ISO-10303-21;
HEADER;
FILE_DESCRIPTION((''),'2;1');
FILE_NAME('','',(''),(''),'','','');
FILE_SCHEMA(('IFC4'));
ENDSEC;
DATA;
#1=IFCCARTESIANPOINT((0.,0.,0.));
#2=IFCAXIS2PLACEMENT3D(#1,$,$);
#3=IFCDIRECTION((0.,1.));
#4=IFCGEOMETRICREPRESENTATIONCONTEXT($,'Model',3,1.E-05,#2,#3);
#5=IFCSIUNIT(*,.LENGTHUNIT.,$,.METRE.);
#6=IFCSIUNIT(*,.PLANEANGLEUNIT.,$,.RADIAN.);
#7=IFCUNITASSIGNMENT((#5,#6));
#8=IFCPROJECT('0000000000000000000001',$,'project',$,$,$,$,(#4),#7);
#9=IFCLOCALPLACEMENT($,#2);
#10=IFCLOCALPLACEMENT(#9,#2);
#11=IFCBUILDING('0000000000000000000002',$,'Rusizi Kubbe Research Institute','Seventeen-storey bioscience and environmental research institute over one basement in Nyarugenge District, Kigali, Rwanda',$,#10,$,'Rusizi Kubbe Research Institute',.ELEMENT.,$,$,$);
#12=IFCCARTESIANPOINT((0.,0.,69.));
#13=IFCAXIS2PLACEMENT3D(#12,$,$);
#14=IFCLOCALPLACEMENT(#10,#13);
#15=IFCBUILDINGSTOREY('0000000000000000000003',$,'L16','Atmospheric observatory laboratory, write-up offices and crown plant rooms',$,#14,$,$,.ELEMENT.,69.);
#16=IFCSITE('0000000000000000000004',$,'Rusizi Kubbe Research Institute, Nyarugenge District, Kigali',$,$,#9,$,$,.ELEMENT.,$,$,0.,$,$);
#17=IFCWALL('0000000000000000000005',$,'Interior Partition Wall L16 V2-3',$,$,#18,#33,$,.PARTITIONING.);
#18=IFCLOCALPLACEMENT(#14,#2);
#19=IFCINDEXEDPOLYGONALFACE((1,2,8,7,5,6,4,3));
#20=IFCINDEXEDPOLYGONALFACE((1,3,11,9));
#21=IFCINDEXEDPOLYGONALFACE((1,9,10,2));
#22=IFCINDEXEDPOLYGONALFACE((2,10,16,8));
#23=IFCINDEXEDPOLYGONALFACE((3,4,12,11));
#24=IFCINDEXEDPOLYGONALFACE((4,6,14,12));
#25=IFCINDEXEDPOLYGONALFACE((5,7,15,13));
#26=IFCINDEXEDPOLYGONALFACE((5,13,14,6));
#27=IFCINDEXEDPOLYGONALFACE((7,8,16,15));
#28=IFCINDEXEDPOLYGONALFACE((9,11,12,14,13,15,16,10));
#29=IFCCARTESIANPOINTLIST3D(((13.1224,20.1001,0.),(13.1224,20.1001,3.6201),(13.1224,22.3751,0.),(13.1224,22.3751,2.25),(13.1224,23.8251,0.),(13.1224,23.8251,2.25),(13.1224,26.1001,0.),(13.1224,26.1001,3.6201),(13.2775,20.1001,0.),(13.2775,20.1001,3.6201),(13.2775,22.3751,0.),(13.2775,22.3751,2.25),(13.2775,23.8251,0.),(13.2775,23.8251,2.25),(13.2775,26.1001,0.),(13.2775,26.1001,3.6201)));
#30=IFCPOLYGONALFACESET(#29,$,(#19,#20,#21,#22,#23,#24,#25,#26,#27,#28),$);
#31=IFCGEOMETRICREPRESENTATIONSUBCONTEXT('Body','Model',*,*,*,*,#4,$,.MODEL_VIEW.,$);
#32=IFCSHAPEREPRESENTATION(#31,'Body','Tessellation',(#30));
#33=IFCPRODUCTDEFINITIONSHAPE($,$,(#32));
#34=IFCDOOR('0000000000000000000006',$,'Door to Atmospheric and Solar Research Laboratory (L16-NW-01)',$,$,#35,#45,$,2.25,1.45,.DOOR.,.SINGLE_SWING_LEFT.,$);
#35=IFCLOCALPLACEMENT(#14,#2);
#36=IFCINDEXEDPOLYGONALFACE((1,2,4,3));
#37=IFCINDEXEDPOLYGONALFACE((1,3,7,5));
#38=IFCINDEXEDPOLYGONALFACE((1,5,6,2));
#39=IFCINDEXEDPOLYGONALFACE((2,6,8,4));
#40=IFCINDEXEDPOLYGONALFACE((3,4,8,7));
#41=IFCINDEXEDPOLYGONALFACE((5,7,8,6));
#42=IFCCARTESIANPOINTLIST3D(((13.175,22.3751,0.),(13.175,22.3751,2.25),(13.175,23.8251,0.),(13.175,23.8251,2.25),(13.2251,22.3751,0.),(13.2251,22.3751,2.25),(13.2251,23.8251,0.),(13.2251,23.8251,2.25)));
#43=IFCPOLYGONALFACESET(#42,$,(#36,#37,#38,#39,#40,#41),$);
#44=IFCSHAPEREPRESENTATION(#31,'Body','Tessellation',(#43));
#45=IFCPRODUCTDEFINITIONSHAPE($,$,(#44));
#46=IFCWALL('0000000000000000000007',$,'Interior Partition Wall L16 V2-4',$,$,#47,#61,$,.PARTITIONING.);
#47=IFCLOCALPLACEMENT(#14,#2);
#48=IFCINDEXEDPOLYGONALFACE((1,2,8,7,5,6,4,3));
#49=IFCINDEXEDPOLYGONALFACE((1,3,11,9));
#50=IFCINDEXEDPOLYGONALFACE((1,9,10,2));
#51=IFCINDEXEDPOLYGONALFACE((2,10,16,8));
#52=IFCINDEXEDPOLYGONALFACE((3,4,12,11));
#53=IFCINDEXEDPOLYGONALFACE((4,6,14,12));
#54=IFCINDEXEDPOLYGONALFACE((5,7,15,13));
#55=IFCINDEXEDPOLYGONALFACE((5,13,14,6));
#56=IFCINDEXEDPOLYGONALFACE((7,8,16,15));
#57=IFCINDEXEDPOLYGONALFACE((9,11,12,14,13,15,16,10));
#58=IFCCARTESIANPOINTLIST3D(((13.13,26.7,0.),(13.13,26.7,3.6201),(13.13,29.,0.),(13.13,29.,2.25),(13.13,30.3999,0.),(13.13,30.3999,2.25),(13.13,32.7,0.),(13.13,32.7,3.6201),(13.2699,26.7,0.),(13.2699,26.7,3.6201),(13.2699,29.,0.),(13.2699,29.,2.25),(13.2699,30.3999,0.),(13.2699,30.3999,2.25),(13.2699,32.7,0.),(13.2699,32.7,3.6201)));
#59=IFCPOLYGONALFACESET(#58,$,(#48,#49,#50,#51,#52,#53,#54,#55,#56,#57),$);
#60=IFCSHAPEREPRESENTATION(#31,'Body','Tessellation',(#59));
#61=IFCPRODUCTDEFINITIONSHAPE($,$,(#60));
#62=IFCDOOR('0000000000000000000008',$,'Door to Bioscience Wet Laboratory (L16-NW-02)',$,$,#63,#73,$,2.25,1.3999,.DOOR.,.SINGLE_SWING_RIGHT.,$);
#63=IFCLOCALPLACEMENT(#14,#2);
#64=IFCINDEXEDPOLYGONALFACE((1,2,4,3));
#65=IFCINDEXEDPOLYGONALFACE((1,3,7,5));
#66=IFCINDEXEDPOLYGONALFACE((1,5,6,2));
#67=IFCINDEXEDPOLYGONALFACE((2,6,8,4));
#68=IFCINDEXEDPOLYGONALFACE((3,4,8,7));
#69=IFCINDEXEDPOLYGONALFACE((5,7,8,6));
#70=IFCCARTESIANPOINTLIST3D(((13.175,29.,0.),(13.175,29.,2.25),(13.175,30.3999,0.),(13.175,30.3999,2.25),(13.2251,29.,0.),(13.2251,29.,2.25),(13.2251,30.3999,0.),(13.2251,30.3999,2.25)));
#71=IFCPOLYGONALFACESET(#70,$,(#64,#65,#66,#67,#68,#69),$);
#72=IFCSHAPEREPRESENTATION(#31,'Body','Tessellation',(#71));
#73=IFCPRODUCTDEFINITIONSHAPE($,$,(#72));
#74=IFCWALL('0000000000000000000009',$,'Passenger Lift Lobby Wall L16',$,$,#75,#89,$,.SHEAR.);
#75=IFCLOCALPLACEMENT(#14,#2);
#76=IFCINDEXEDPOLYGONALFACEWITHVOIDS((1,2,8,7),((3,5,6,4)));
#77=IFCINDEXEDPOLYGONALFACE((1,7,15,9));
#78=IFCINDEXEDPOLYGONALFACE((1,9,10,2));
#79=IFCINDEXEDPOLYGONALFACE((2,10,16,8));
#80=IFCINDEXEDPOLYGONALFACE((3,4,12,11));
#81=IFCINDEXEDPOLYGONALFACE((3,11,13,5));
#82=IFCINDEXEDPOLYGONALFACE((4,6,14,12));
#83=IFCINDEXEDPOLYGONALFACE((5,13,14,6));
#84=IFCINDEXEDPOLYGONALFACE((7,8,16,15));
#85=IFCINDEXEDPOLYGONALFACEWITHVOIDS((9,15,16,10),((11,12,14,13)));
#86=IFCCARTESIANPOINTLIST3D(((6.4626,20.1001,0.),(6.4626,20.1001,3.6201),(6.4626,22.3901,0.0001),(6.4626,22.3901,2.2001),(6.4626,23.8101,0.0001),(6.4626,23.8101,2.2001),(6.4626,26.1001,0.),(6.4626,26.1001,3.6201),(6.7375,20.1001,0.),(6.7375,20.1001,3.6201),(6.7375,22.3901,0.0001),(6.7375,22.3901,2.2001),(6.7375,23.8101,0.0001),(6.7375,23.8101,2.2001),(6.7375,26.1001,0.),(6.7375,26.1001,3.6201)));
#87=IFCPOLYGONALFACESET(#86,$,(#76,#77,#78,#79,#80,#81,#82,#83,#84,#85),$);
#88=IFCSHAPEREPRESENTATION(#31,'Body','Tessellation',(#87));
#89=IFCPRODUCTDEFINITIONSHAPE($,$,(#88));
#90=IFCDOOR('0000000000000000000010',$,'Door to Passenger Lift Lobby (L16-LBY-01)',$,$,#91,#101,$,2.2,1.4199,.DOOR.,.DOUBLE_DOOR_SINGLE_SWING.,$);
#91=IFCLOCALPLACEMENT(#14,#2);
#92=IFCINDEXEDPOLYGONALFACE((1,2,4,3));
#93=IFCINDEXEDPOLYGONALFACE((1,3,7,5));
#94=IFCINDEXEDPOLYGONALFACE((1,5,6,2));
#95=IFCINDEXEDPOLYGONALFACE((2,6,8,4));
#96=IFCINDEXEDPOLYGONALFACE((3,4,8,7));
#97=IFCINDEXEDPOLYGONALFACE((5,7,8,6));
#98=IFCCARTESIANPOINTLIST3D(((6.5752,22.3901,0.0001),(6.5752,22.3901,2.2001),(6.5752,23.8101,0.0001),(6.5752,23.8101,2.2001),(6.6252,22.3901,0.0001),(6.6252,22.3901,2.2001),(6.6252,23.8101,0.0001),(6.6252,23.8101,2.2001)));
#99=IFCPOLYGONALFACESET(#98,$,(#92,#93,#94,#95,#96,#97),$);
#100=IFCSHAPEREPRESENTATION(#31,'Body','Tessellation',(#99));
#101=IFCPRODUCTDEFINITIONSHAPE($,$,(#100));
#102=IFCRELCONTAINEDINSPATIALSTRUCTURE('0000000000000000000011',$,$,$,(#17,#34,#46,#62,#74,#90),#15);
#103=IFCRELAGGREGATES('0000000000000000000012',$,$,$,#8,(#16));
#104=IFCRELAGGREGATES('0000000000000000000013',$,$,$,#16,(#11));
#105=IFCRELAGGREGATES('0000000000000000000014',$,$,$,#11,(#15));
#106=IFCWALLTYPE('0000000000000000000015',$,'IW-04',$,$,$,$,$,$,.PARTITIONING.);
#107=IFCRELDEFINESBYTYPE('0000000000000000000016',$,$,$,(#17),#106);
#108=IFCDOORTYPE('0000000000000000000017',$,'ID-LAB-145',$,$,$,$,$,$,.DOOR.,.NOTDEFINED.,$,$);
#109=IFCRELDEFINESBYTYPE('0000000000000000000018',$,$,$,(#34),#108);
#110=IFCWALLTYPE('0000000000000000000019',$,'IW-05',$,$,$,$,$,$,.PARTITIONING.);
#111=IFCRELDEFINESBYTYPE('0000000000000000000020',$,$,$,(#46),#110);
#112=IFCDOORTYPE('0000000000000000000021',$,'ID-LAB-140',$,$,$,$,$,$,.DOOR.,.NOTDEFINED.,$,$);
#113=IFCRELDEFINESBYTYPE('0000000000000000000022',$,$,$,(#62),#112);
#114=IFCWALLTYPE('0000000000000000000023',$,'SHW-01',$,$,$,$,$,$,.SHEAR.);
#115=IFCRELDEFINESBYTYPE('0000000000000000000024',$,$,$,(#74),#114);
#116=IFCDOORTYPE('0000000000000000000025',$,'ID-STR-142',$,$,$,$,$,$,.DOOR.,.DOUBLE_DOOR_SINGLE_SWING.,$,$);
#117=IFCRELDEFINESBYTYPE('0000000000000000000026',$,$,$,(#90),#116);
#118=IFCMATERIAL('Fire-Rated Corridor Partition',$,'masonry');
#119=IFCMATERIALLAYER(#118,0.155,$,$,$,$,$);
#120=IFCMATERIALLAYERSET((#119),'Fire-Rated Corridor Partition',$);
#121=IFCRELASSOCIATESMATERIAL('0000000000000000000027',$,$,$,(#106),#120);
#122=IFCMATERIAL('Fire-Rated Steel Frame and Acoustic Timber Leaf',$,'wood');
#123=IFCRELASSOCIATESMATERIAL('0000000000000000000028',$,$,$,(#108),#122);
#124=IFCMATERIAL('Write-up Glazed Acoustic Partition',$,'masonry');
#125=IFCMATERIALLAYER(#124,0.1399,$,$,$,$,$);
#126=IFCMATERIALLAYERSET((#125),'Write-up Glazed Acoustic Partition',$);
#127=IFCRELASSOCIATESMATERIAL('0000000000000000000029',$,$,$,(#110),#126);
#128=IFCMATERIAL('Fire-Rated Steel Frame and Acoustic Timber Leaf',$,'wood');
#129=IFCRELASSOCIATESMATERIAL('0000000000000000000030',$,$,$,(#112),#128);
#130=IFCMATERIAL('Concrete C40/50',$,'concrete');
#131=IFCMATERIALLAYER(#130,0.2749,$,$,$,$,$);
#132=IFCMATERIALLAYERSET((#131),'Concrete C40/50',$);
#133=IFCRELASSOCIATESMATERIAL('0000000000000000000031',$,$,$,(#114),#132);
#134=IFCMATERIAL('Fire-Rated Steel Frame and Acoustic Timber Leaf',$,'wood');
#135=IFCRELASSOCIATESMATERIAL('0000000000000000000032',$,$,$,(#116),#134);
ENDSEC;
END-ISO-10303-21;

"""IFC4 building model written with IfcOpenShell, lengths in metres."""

from ifc_helpers import new_model, si_unit, direction, frame, frame_2d, origin, place, context, subcontext, project, spatial, rectangle, extrude, material, layer, layer_set, type_object, element, fill, save


model = new_model("IFC4")

# Units and contexts
model_context = context("Model", 3, precision=1e-05, world=origin(), true_north=direction((0.0, 1.0)))
body_context = subcontext(model_context, "Body", "Model", "MODEL_VIEW")
ifc_project = project(units=[si_unit("LENGTHUNIT", "METRE"), si_unit("PLANEANGLEUNIT", "RADIAN")], contexts=[model_context])

# Site, building, storey
site_placement = place(None, origin())
site = spatial("IfcSite", under=ifc_project, at=site_placement, Name="Rusizi Kubbe Research Institute, Nyarugenge District, Kigali", CompositionType="ELEMENT", RefElevation=0.0)
building_placement = place(site_placement, origin())
building = spatial("IfcBuilding", under=site, at=building_placement, Name="Rusizi Kubbe Research Institute", Description="Seventeen-storey bioscience and environmental research institute over one basement in Nyarugenge District, Kigali, Rwanda", LongName="Rusizi Kubbe Research Institute", CompositionType="ELEMENT")
storey_placement = place(building_placement, frame((0.0, 0.0, 69.0)))
storey = spatial("IfcBuildingStorey", under=building, at=storey_placement, Name="L16", Description="Atmospheric observatory laboratory, write-up offices and crown plant rooms", CompositionType="ELEMENT", Elevation=69.0)

# Walls, openings, doors
ifc_material_1 = material(Name="Fire-Rated Corridor Partition", Category="masonry")
ifc_layer_1 = layer(ifc_material_1, 0.155)
ifc_layer_set_1 = layer_set([ifc_layer_1], Name="Fire-Rated Corridor Partition")
wall_type_1 = type_object("IfcWallType", Name="IW-04", PredefinedType="PARTITIONING", material=ifc_layer_set_1)
wall_1_placement = place(storey_placement, frame((13.2, 20.1001, 0.0), z_axis=(0.0, 0.0, 1.0), x_axis=(0.0, 1.0, 0.0)))
wall_1 = element("IfcWall", 1, at=wall_1_placement, inside=storey, type_object=wall_type_1, Name="Interior Partition Wall L16 V2-3", PredefinedType="PARTITIONING", context=body_context, shape_type="SweptSolid", body=[
    extrude(rectangle(XDim=6.0, YDim=0.155, at=frame_2d((3.0, 0.0))), origin(), (0.0, 0.0, 1.0), 3.6201),
])
opening_1_placement = place(wall_1_placement, frame((2.2749, 0.0, 0.0)))
opening_1 = element("IfcOpeningElement", 2, at=opening_1_placement, cuts=wall_1, PredefinedType="OPENING", context=body_context, shape_type="SweptSolid", body=[
    extrude(rectangle(XDim=1.45, YDim=2.25, at=frame_2d((0.7251, 1.125))), frame((0.0, 0.0874, 0.0), z_axis=(0.0, -1.0, 0.0), x_axis=(1.0, 0.0, 0.0)), (0.0, 0.0, 1.0), 0.175),
])
ifc_material_2 = material(Name="Fire-Rated Steel Frame and Acoustic Timber Leaf", Category="wood")
door_type_1 = type_object("IfcDoorType", Name="ID-LAB-145", OperationType="NOTDEFINED", PredefinedType="DOOR", material=ifc_material_2)
door_1_placement = place(opening_1_placement, origin())
door_1 = element("IfcDoor", 3, at=door_1_placement, inside=storey, type_object=door_type_1, Name="Door to Atmospheric and Solar Research Laboratory (L16-NW-01)", OperationType="SINGLE_SWING_LEFT", OverallHeight=2.25, OverallWidth=1.45, PredefinedType="DOOR", context=body_context, shape_type="SweptSolid", body=[
    extrude(rectangle(XDim=1.45, YDim=2.25, at=frame_2d((0.7251, 1.125))), frame((0.0, 0.0249, 0.0), z_axis=(0.0, -1.0, 0.0), x_axis=(1.0, 0.0, 0.0)), (0.0, 0.0, 1.0), 0.05),
])
fill(opening_1, door_1)
ifc_material_3 = material(Name="Write-up Glazed Acoustic Partition", Category="masonry")
ifc_layer_2 = layer(ifc_material_3, 0.1399)
ifc_layer_set_2 = layer_set([ifc_layer_2], Name="Write-up Glazed Acoustic Partition")
wall_type_2 = type_object("IfcWallType", Name="IW-05", PredefinedType="PARTITIONING", material=ifc_layer_set_2)
wall_2_placement = place(storey_placement, frame((13.2, 26.7, 0.0), z_axis=(0.0, 0.0, 1.0), x_axis=(0.0, 1.0, 0.0)))
wall_2 = element("IfcWall", 4, at=wall_2_placement, inside=storey, type_object=wall_type_2, Name="Interior Partition Wall L16 V2-4", PredefinedType="PARTITIONING", context=body_context, shape_type="SweptSolid", body=[
    extrude(rectangle(XDim=6.0, YDim=0.1399, at=frame_2d((3.0, 0.0))), origin(), (0.0, 0.0, 1.0), 3.6201),
])
opening_2_placement = place(wall_2_placement, frame((2.3, 0.0, 0.0)))
opening_2 = element("IfcOpeningElement", 5, at=opening_2_placement, cuts=wall_2, PredefinedType="OPENING", context=body_context, shape_type="SweptSolid", body=[
    extrude(rectangle(XDim=1.3999, YDim=2.25, at=frame_2d((0.7, 1.125))), frame((0.0, 0.0798, 0.0), z_axis=(0.0, -1.0, 0.0), x_axis=(1.0, 0.0, 0.0)), (0.0, 0.0, 1.0), 0.1599),
])
ifc_material_4 = material(Name="Fire-Rated Steel Frame and Acoustic Timber Leaf", Category="wood")
door_type_2 = type_object("IfcDoorType", Name="ID-LAB-140", OperationType="NOTDEFINED", PredefinedType="DOOR", material=ifc_material_4)
door_2_placement = place(opening_2_placement, origin())
door_2 = element("IfcDoor", 6, at=door_2_placement, inside=storey, type_object=door_type_2, Name="Door to Bioscience Wet Laboratory (L16-NW-02)", OperationType="SINGLE_SWING_RIGHT", OverallHeight=2.25, OverallWidth=1.3999, PredefinedType="DOOR", context=body_context, shape_type="SweptSolid", body=[
    extrude(rectangle(XDim=1.3999, YDim=2.25, at=frame_2d((0.7, 1.125))), frame((0.0, 0.0249, 0.0), z_axis=(0.0, -1.0, 0.0), x_axis=(1.0, 0.0, 0.0)), (0.0, 0.0, 1.0), 0.05),
])
fill(opening_2, door_2)
ifc_material_5 = material(Name="Concrete C40/50", Category="concrete")
ifc_layer_3 = layer(ifc_material_5, 0.2749)
ifc_layer_set_3 = layer_set([ifc_layer_3], Name="Concrete C40/50")
wall_type_3 = type_object("IfcWallType", Name="SHW-01", PredefinedType="SHEAR", material=ifc_layer_set_3)
wall_3_placement = place(storey_placement, frame((6.6001, 20.1001, 0.0), z_axis=(0.0, 0.0, 1.0), x_axis=(0.0, 1.0, 0.0)))
wall_3 = element("IfcWall", 7, at=wall_3_placement, inside=storey, type_object=wall_type_3, Name="Passenger Lift Lobby Wall L16", PredefinedType="SHEAR", context=body_context, shape_type="SweptSolid", body=[
    extrude(rectangle(XDim=6.0, YDim=0.2749, at=frame_2d((3.0, 0.0))), origin(), (0.0, 0.0, 1.0), 3.6201),
])
opening_3_placement = place(wall_3_placement, frame((2.29, 0.0, 0.0)))
opening_3 = element("IfcOpeningElement", 8, at=opening_3_placement, cuts=wall_3, PredefinedType="OPENING", context=body_context, shape_type="SweptSolid", body=[
    extrude(rectangle(XDim=1.4199, YDim=2.2, at=frame_2d((0.71, 1.1001))), frame((0.0, 0.1475, 0.0), z_axis=(0.0, -1.0, 0.0), x_axis=(1.0, 0.0, 0.0)), (0.0, 0.0, 1.0), 0.2949),
])
ifc_material_6 = material(Name="Fire-Rated Steel Frame and Acoustic Timber Leaf", Category="wood")
door_type_3 = type_object("IfcDoorType", Name="ID-STR-142", OperationType="DOUBLE_DOOR_SINGLE_SWING", PredefinedType="DOOR", material=ifc_material_6)
door_3_placement = place(opening_3_placement, origin())
door_3 = element("IfcDoor", 9, at=door_3_placement, inside=storey, type_object=door_type_3, Name="Door to Passenger Lift Lobby (L16-LBY-01)", OperationType="DOUBLE_DOOR_SINGLE_SWING", OverallHeight=2.2, OverallWidth=1.4199, PredefinedType="DOOR", context=body_context, shape_type="SweptSolid", body=[
    extrude(rectangle(XDim=1.4199, YDim=2.2, at=frame_2d((0.71, 1.1001))), frame((0.0, 0.0249, 0.0), z_axis=(0.0, -1.0, 0.0), x_axis=(1.0, 0.0, 0.0)), (0.0, 0.0, 1.0), 0.05),
])
fill(opening_3, door_3)

save(model, "model.ifc")
